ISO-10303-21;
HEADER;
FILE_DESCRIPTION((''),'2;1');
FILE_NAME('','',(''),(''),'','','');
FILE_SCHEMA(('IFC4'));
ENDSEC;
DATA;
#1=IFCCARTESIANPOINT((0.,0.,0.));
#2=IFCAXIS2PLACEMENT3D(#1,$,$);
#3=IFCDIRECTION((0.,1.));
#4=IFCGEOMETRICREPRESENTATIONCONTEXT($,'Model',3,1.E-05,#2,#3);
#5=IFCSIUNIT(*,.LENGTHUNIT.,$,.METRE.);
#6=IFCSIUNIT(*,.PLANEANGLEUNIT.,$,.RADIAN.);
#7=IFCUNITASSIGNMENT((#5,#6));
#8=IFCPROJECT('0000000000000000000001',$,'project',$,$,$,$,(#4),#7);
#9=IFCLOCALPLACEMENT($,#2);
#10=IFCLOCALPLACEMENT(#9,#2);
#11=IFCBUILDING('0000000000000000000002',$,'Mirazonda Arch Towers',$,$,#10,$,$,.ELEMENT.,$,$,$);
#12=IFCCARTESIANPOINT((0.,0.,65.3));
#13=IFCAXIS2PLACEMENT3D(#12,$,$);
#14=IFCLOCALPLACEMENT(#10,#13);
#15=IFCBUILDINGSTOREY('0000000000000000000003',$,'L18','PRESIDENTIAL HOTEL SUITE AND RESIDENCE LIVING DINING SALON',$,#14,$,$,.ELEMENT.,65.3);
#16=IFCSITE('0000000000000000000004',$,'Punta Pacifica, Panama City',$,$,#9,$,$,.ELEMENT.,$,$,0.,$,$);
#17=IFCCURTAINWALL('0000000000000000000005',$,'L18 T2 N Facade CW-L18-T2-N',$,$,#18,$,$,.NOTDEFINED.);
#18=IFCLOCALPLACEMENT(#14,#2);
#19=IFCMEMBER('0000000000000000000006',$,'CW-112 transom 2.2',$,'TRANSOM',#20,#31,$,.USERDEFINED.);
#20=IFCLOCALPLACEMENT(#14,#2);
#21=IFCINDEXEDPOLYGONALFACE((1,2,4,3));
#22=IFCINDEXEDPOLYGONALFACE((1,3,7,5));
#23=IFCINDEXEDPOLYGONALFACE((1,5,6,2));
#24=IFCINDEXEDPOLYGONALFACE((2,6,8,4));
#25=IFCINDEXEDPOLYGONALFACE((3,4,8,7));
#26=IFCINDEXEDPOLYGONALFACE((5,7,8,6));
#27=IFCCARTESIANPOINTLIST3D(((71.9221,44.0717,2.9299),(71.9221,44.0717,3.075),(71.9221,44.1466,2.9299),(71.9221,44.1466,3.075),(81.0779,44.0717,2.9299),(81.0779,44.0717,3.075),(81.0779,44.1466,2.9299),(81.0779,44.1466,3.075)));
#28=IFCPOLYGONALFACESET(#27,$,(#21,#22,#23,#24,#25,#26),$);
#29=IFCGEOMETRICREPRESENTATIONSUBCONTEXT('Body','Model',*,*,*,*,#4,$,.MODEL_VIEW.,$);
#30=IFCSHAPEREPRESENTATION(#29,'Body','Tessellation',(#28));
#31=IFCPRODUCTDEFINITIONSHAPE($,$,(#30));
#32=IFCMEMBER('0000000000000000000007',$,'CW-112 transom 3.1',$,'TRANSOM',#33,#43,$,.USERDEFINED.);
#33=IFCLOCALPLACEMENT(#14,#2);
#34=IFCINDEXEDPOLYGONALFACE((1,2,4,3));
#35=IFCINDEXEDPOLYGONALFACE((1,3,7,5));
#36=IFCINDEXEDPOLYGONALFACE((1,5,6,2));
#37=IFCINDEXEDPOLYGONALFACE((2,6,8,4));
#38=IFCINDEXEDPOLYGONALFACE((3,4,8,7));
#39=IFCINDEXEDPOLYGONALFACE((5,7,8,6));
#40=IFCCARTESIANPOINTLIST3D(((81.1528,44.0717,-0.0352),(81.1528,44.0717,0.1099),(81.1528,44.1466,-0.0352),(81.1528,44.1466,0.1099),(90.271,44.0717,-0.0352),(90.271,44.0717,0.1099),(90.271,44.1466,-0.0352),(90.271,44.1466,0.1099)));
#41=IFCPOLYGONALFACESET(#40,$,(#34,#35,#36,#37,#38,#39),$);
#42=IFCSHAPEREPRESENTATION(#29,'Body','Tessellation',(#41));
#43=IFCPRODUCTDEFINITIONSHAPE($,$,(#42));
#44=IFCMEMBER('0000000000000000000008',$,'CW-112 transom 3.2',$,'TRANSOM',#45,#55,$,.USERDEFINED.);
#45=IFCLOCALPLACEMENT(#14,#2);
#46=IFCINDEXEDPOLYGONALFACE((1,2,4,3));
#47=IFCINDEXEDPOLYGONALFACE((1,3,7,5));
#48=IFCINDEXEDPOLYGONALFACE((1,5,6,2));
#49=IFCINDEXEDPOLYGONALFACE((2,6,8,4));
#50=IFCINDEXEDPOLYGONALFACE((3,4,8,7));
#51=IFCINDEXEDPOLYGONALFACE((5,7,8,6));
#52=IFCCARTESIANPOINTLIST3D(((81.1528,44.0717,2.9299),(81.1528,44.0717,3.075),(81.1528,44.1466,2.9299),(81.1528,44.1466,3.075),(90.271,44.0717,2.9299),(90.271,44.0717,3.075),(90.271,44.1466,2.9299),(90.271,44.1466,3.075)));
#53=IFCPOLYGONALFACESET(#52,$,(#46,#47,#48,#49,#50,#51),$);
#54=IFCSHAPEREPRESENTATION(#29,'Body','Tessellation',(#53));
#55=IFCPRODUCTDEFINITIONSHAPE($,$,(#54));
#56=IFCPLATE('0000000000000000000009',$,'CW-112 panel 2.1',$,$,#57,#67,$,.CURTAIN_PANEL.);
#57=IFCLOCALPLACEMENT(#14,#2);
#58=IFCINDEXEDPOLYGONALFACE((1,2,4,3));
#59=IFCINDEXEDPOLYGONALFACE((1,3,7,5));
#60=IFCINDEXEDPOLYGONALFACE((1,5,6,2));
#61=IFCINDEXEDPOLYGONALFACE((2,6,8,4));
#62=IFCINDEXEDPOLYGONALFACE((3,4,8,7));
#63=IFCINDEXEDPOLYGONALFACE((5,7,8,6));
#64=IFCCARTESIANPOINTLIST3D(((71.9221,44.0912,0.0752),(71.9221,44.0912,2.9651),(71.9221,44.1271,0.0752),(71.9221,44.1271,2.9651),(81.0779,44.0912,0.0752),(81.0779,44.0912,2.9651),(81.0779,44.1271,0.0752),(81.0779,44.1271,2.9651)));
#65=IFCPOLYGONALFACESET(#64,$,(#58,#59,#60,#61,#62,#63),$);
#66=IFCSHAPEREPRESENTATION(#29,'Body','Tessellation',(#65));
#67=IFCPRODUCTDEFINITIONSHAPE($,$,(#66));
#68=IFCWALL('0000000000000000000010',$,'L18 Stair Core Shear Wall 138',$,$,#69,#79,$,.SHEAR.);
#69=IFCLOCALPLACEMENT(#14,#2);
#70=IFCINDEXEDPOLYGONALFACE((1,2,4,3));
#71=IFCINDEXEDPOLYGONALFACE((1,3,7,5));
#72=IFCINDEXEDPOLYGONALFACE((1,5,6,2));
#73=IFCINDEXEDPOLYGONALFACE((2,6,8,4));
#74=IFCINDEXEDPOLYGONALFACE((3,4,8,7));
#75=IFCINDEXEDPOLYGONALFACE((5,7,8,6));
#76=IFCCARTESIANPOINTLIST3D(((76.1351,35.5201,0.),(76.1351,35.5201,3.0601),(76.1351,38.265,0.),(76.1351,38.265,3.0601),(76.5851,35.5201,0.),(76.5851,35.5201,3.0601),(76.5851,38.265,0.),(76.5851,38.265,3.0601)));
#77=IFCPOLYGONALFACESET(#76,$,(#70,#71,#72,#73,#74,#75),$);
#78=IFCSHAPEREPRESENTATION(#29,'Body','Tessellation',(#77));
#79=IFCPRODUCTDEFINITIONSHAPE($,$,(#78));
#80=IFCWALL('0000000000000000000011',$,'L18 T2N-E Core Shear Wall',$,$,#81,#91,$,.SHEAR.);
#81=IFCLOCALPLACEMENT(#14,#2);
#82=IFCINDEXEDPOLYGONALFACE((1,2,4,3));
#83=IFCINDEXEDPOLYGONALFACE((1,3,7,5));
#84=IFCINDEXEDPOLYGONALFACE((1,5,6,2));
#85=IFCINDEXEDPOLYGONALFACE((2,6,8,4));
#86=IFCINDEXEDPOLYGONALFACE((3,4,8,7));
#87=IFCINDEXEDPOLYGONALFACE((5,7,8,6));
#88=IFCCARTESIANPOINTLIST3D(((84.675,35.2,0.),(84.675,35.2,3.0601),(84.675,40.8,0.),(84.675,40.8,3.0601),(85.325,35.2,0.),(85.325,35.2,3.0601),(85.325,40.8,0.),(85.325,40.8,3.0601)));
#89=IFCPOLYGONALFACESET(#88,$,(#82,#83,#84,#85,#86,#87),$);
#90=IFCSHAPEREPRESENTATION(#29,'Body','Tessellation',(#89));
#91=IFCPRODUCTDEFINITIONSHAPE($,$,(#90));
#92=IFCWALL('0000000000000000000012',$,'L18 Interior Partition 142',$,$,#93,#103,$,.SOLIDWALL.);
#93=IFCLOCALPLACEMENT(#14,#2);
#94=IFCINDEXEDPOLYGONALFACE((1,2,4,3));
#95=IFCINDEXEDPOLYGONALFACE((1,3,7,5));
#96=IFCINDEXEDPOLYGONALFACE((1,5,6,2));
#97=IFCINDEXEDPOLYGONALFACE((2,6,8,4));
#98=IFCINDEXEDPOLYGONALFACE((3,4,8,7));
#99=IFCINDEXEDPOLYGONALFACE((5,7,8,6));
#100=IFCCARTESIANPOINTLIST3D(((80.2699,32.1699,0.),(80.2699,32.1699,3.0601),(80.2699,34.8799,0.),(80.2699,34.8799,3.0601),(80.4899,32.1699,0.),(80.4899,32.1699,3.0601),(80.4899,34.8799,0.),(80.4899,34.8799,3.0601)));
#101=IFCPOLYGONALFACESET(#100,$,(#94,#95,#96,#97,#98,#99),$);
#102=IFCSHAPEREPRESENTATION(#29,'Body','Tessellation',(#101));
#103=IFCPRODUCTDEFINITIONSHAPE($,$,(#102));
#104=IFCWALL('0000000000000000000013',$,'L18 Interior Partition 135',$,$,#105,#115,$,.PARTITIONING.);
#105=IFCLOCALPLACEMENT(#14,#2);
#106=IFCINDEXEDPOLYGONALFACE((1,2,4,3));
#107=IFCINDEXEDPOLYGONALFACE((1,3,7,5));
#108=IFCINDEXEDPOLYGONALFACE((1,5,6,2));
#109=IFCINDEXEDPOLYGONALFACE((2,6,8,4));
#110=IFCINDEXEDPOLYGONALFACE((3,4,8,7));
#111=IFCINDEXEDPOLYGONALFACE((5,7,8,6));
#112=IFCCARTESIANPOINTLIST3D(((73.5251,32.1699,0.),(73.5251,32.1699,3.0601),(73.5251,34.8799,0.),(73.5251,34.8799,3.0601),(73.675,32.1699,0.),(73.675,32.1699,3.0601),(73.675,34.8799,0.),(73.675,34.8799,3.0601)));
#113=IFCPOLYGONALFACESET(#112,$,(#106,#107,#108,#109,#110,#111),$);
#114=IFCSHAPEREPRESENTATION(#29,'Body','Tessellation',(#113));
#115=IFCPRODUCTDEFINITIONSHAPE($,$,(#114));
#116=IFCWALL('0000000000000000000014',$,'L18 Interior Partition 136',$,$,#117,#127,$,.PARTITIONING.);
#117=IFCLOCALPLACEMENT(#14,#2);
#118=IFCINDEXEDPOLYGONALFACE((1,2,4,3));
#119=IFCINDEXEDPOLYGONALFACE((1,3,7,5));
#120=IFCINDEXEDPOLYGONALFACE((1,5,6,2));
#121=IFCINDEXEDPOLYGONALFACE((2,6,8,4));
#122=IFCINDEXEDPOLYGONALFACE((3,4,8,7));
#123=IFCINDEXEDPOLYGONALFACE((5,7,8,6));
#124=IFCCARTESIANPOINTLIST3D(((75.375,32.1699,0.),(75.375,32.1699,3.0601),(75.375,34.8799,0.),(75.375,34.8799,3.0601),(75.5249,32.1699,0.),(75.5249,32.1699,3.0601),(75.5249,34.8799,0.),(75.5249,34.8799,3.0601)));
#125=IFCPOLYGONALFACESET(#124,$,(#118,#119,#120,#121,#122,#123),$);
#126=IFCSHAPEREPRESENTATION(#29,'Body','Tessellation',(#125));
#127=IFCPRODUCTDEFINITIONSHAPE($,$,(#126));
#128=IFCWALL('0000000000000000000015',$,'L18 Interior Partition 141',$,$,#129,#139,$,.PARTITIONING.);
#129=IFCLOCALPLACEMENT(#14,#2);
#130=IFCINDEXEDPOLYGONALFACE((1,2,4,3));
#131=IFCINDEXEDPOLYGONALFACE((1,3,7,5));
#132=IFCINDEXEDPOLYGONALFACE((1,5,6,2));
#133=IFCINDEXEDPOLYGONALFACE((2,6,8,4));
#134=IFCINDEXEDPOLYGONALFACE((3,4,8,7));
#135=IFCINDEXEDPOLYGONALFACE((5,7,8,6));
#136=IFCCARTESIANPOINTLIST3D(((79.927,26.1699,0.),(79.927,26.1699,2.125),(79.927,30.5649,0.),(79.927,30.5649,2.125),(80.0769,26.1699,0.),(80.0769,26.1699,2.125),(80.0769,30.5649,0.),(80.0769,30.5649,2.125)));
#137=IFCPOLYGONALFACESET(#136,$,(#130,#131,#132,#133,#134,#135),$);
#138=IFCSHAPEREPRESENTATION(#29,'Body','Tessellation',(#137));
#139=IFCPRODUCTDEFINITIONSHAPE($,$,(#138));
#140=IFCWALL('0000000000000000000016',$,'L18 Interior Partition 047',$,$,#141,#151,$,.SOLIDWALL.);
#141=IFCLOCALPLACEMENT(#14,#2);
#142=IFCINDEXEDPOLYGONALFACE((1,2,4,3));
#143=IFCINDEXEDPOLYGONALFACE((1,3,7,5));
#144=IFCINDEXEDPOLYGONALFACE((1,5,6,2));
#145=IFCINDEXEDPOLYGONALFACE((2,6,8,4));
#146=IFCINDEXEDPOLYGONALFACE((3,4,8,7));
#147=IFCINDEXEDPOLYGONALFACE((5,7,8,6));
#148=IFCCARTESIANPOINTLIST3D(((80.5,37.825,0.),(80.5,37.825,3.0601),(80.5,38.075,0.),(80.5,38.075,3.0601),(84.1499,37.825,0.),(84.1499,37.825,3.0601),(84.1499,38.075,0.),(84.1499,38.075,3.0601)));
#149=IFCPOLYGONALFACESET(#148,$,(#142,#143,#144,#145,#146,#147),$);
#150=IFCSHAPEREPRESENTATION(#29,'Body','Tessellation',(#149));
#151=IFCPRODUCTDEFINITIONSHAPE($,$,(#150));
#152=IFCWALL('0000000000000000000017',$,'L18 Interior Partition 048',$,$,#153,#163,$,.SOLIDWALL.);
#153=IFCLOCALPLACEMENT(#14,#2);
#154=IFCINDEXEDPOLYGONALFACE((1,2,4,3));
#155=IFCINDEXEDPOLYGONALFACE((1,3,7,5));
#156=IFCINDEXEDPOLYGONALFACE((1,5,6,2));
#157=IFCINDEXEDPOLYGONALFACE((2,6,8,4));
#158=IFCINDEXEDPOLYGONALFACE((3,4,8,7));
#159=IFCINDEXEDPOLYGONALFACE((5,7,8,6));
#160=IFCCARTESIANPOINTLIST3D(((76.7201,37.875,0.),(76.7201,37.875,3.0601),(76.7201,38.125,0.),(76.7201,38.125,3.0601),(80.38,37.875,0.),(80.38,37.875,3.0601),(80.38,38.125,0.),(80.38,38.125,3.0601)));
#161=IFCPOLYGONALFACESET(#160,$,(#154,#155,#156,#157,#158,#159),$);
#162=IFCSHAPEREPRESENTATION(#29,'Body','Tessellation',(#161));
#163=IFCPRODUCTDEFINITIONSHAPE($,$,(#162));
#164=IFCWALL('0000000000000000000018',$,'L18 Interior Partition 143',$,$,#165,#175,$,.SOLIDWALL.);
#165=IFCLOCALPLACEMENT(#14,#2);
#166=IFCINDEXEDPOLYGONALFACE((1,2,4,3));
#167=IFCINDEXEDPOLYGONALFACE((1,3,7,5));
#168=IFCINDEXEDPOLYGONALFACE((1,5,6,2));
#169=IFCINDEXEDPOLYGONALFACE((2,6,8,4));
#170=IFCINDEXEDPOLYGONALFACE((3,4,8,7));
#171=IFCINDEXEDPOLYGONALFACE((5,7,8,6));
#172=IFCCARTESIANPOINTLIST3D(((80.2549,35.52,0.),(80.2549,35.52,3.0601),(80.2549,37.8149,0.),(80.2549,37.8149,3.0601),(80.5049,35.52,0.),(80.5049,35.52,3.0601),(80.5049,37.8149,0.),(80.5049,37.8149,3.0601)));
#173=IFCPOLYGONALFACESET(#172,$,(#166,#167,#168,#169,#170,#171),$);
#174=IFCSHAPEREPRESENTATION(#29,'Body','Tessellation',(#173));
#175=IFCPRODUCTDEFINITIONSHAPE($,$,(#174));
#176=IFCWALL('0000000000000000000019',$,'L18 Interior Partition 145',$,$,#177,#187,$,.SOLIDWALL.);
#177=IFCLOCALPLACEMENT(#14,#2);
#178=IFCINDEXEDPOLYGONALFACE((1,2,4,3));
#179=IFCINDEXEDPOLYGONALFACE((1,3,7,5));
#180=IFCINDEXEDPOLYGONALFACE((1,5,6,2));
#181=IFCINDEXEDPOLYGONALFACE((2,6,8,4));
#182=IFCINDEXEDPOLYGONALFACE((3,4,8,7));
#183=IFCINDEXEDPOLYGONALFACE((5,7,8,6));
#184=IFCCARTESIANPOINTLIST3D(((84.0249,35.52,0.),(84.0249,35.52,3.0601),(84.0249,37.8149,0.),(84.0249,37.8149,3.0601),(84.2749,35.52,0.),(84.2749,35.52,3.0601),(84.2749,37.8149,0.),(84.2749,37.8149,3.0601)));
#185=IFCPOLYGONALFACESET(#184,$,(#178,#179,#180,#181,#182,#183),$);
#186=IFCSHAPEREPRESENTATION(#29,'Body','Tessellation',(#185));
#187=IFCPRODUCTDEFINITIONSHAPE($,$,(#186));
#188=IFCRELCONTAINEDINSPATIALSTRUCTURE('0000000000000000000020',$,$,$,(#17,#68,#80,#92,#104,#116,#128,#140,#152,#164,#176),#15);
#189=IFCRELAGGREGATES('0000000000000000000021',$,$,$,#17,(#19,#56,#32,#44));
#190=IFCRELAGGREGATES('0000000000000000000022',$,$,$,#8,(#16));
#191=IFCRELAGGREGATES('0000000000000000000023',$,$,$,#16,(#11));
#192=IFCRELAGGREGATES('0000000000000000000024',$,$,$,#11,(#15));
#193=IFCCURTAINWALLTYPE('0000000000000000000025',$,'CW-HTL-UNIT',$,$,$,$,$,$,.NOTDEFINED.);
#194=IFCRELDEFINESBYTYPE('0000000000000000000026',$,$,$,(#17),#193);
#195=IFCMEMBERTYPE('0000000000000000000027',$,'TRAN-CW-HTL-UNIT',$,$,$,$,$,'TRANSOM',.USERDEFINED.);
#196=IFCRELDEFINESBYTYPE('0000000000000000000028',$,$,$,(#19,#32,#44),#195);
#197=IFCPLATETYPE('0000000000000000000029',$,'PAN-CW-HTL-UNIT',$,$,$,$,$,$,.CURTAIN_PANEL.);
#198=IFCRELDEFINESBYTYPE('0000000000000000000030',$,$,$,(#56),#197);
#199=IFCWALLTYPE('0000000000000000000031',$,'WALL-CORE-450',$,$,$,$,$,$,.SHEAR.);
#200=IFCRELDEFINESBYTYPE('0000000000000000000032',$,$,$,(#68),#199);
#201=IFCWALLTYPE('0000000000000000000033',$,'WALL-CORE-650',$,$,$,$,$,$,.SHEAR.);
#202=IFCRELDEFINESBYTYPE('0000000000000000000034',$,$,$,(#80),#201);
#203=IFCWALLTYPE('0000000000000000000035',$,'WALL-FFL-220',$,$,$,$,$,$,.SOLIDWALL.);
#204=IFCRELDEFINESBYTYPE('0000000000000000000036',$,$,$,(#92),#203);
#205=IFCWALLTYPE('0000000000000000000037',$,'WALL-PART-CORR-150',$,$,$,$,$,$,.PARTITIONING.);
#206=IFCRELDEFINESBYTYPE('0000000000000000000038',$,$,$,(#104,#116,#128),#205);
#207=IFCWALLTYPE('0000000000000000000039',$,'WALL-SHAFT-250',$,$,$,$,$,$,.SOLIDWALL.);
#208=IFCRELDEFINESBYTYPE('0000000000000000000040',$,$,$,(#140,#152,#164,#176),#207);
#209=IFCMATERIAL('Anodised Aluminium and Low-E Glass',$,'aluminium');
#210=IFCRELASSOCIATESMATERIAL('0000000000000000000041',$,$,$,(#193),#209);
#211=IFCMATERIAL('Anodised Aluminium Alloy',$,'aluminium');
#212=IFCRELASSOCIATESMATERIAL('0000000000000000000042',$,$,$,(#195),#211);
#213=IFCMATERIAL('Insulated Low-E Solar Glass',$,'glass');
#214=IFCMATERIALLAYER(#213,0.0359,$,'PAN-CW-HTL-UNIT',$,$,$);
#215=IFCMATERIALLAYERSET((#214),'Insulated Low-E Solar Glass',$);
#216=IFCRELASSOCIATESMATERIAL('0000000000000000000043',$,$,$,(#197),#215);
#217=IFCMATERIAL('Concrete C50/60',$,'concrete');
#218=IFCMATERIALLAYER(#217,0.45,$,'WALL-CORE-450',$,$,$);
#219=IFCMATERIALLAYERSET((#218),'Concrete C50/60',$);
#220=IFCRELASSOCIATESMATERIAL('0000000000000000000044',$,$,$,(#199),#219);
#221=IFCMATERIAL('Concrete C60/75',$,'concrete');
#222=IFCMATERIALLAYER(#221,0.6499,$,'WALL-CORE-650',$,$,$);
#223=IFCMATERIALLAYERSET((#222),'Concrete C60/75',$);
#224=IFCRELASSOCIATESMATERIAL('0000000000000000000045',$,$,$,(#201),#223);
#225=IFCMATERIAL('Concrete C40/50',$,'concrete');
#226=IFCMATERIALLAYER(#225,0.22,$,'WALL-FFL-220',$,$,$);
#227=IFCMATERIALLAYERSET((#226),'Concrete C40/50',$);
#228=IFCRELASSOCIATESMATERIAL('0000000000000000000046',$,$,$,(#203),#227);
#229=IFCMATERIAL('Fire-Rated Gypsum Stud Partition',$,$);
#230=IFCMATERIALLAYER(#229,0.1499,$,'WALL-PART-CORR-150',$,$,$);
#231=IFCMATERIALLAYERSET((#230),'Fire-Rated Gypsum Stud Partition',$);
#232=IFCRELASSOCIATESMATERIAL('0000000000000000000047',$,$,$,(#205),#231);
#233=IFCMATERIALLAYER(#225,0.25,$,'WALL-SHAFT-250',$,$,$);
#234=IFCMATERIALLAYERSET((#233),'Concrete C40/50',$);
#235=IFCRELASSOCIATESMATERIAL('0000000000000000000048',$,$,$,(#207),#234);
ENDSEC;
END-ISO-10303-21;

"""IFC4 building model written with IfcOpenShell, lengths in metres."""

from ifc_helpers import new_model, si_unit, direction, frame, frame_2d, origin, origin_2d, place, context, subcontext, project, spatial, rectangle, extrude, material, layer, layer_set, material_profile, profile_set, type_object, element, aggregate, save


model = new_model("IFC4")

# Units and contexts
model_context = context("Model", 3, precision=1e-05, world=origin(), true_north=direction((0.0, 1.0)))
body_context = subcontext(model_context, "Body", "Model", "MODEL_VIEW")
ifc_project = project(units=[si_unit("LENGTHUNIT", "METRE"), si_unit("PLANEANGLEUNIT", "RADIAN")], contexts=[model_context])

# Site, building, storey
site_placement = place(None, origin())
site = spatial("IfcSite", under=ifc_project, at=site_placement, Name="Punta Pacifica, Panama City", CompositionType="ELEMENT", RefElevation=0.0)
building_placement = place(site_placement, origin())
building = spatial("IfcBuilding", under=site, at=building_placement, Name="Mirazonda Arch Towers", CompositionType="ELEMENT")
storey_placement = place(building_placement, frame((0.0, 0.0, 65.3)))
storey = spatial("IfcBuildingStorey", under=building, at=storey_placement, Name="L18", Description="PRESIDENTIAL HOTEL SUITE AND RESIDENCE LIVING DINING SALON", CompositionType="ELEMENT", Elevation=65.3)

# Shared definitions
ifc_material_1 = material(Name="Concrete C60/75", Category="concrete")

# Curtain wall, members, plate
ifc_material_2 = material(Name="Anodised Aluminium and Low-E Glass", Category="aluminium")
curtain_wall_type = type_object("IfcCurtainWallType", Name="CW-HTL-UNIT", PredefinedType="NOTDEFINED", material=ifc_material_2)
curtain_wall_placement = place(storey_placement, origin())
curtain_wall = element("IfcCurtainWall", 1, at=curtain_wall_placement, inside=storey, type_object=curtain_wall_type, Name="L18 T2 N Facade CW-L18-T2-N", PredefinedType="NOTDEFINED")
ifc_material_3 = material(Name="Anodised Aluminium Alloy", Category="aluminium")
ifc_material_profile_1 = material_profile(ifc_material_3, rectangle(XDim=0.075, YDim=0.145, at=origin_2d()), Name="ALU-TRAN-75x145")
ifc_profile_set_1 = profile_set([ifc_material_profile_1], Name="Anodised Aluminium Alloy")
member_type_1 = type_object("IfcMemberType", Name="TRAN-CW-HTL-UNIT", ElementType="TRANSOM", PredefinedType="USERDEFINED", material=ifc_profile_set_1)
member_1_placement = place(storey_placement, frame((71.9221, 44.1091, 3.0024), z_axis=(1.0, 0.0, 0.0), x_axis=(0.0, 1.0, 0.0)))
member_1 = element("IfcMember", 2, at=member_1_placement, type_object=member_type_1, Name="CW-112 transom 2.2", ObjectType="TRANSOM", PredefinedType="USERDEFINED", context=body_context, shape_type="SweptSolid", body=[
    extrude(rectangle(XDim=0.075, YDim=0.145, at=origin_2d()), origin(), (0.0, 0.0, 1.0), 9.1558),
])
member_2_placement = place(storey_placement, frame((81.1528, 44.1091, 0.0374), z_axis=(1.0, 0.0, 0.0), x_axis=(0.0, 1.0, 0.0)))
member_2 = element("IfcMember", 3, at=member_2_placement, type_object=member_type_1, Name="CW-112 transom 3.1", ObjectType="TRANSOM", PredefinedType="USERDEFINED", context=body_context, shape_type="SweptSolid", body=[
    extrude(rectangle(XDim=0.075, YDim=0.145, at=origin_2d()), origin(), (0.0, 0.0, 1.0), 9.1182),
])
member_3_placement = place(storey_placement, frame((81.1528, 44.1091, 3.0024), z_axis=(1.0, 0.0, 0.0), x_axis=(0.0, 1.0, 0.0)))
member_3 = element("IfcMember", 4, at=member_3_placement, type_object=member_type_1, Name="CW-112 transom 3.2", ObjectType="TRANSOM", PredefinedType="USERDEFINED", context=body_context, shape_type="SweptSolid", body=[
    extrude(rectangle(XDim=0.075, YDim=0.145, at=origin_2d()), origin(), (0.0, 0.0, 1.0), 9.1182),
])
ifc_material_4 = material(Name="Insulated Low-E Solar Glass", Category="glass")
ifc_layer_1 = layer(ifc_material_4, 0.0359, Name="PAN-CW-HTL-UNIT")
ifc_layer_set_1 = layer_set([ifc_layer_1], Name="Insulated Low-E Solar Glass")
plate_type = type_object("IfcPlateType", Name="PAN-CW-HTL-UNIT", PredefinedType="CURTAIN_PANEL", material=ifc_layer_set_1)
plate_placement = place(storey_placement, frame((76.5, 44.1091, 0.0752), z_axis=(0.0, 0.0, 1.0), x_axis=(1.0, 0.0, 0.0)))
plate = element("IfcPlate", 5, at=plate_placement, type_object=plate_type, Name="CW-112 panel 2.1", PredefinedType="CURTAIN_PANEL", context=body_context, shape_type="SweptSolid", body=[
    extrude(rectangle(XDim=9.1558, YDim=0.0359, at=origin_2d()), origin(), (0.0, 0.0, 1.0), 2.8899),
])
aggregate(curtain_wall, [member_1, plate, member_2, member_3])

# Walls
ifc_material_5 = material(Name="Concrete C50/60", Category="concrete")
ifc_layer_2 = layer(ifc_material_5, 0.45, Name="WALL-CORE-450")
ifc_layer_set_2 = layer_set([ifc_layer_2], Name="Concrete C50/60")
wall_type_1 = type_object("IfcWallType", Name="WALL-CORE-450", PredefinedType="SHEAR", material=ifc_layer_set_2)
wall_1_placement = place(storey_placement, frame((76.3601, 35.52, 0.0), z_axis=(0.0, 0.0, 1.0), x_axis=(0.0, 1.0, 0.0)))
element("IfcWall", 6, at=wall_1_placement, inside=storey, type_object=wall_type_1, Name="L18 Stair Core Shear Wall 138", PredefinedType="SHEAR", context=body_context, shape_type="SweptSolid", body=[
    extrude(rectangle(XDim=2.7449, YDim=0.45, at=frame_2d((1.3726, 0.0))), origin(), (0.0, 0.0, 1.0), 3.0601),
])
ifc_layer_3 = layer(ifc_material_1, 0.6499, Name="WALL-CORE-650")
ifc_layer_set_3 = layer_set([ifc_layer_3], Name="Concrete C60/75")
wall_type_2 = type_object("IfcWallType", Name="WALL-CORE-650", PredefinedType="SHEAR", material=ifc_layer_set_3)
wall_2_placement = place(storey_placement, frame((85.0, 35.2, 0.0), z_axis=(0.0, 0.0, 1.0), x_axis=(0.0, 1.0, 0.0)))
element("IfcWall", 7, at=wall_2_placement, inside=storey, type_object=wall_type_2, Name="L18 T2N-E Core Shear Wall", PredefinedType="SHEAR", context=body_context, shape_type="SweptSolid", body=[
    extrude(rectangle(XDim=5.6001, YDim=0.6499, at=frame_2d((2.8, 0.0))), origin(), (0.0, 0.0, 1.0), 3.0601),
])
ifc_material_6 = material(Name="Concrete C40/50", Category="concrete")
ifc_layer_4 = layer(ifc_material_6, 0.22, Name="WALL-FFL-220")
ifc_layer_set_4 = layer_set([ifc_layer_4], Name="Concrete C40/50")
wall_type_3 = type_object("IfcWallType", Name="WALL-FFL-220", PredefinedType="SOLIDWALL", material=ifc_layer_set_4)
wall_3_placement = place(storey_placement, frame((80.3799, 32.1699, 0.0), z_axis=(0.0, 0.0, 1.0), x_axis=(0.0, 1.0, 0.0)))
element("IfcWall", 8, at=wall_3_placement, inside=storey, type_object=wall_type_3, Name="L18 Interior Partition 142", PredefinedType="SOLIDWALL", context=body_context, shape_type="SweptSolid", body=[
    extrude(rectangle(XDim=2.71, YDim=0.22, at=frame_2d((1.355, 0.0))), origin(), (0.0, 0.0, 1.0), 3.0601),
])
ifc_material_7 = material(Name="Fire-Rated Gypsum Stud Partition")
ifc_layer_5 = layer(ifc_material_7, 0.1499, Name="WALL-PART-CORR-150")
ifc_layer_set_5 = layer_set([ifc_layer_5], Name="Fire-Rated Gypsum Stud Partition")
wall_type_4 = type_object("IfcWallType", Name="WALL-PART-CORR-150", PredefinedType="PARTITIONING", material=ifc_layer_set_5)
for number, where, z_axis, x_axis, name in (
    (9, (73.6001, 32.1699, 0.0), (0.0, 0.0, 1.0), (0.0, 1.0, 0.0), "L18 Interior Partition 135"),
    (10, (75.45, 32.1699, 0.0), (0.0, 0.0, 1.0), (0.0, 1.0, 0.0), "L18 Interior Partition 136"),
):
    element("IfcWall", number, at=place(storey_placement, frame(where, z_axis=z_axis, x_axis=x_axis)), inside=storey, type_object=wall_type_4, Name=name, PredefinedType="PARTITIONING", context=body_context, shape_type="SweptSolid", body=[
        extrude(rectangle(XDim=2.71, YDim=0.1499, at=frame_2d((1.355, 0.0))), origin(), (0.0, 0.0, 1.0), 3.0601),
    ])
wall_4_placement = place(storey_placement, frame((80.002, 26.1699, 0.0), z_axis=(0.0, 0.0, 1.0), x_axis=(0.0, 1.0, 0.0)))
element("IfcWall", 11, at=wall_4_placement, inside=storey, type_object=wall_type_4, Name="L18 Interior Partition 141", PredefinedType="PARTITIONING", context=body_context, shape_type="SweptSolid", body=[
    extrude(rectangle(XDim=4.395, YDim=0.1499, at=frame_2d((2.1975, 0.0))), origin(), (0.0, 0.0, 1.0), 2.125),
])
ifc_layer_6 = layer(ifc_material_6, 0.25, Name="WALL-SHAFT-250")
ifc_layer_set_6 = layer_set([ifc_layer_6], Name="Concrete C40/50")
wall_type_5 = type_object("IfcWallType", Name="WALL-SHAFT-250", PredefinedType="SOLIDWALL", material=ifc_layer_set_6)
wall_5_placement = place(storey_placement, frame((80.5, 37.95, 0.0), z_axis=(0.0, 0.0, 1.0), x_axis=(1.0, 0.0, 0.0)))
element("IfcWall", 12, at=wall_5_placement, inside=storey, type_object=wall_type_5, Name="L18 Interior Partition 047", PredefinedType="SOLIDWALL", context=body_context, shape_type="SweptSolid", body=[
    extrude(rectangle(XDim=3.6499, YDim=0.25, at=frame_2d((1.825, 0.0))), origin(), (0.0, 0.0, 1.0), 3.0601),
])
wall_6_placement = place(storey_placement, frame((76.72, 38.0, 0.0), z_axis=(0.0, 0.0, 1.0), x_axis=(1.0, 0.0, 0.0)))
element("IfcWall", 13, at=wall_6_placement, inside=storey, type_object=wall_type_5, Name="L18 Interior Partition 048", PredefinedType="SOLIDWALL", context=body_context, shape_type="SweptSolid", body=[
    extrude(rectangle(XDim=3.6599, YDim=0.25, at=frame_2d((1.8301, 0.0))), origin(), (0.0, 0.0, 1.0), 3.0601),
])
for number, where, z_axis, x_axis, name in (
    (14, (80.3799, 35.52, 0.0), (0.0, 0.0, 1.0), (0.0, 1.0, 0.0), "L18 Interior Partition 143"),
    (15, (84.1499, 35.52, 0.0), (0.0, 0.0, 1.0), (0.0, 1.0, 0.0), "L18 Interior Partition 145"),
):
    element("IfcWall", number, at=place(storey_placement, frame(where, z_axis=z_axis, x_axis=x_axis)), inside=storey, type_object=wall_type_5, Name=name, PredefinedType="SOLIDWALL", context=body_context, shape_type="SweptSolid", body=[
        extrude(rectangle(XDim=2.2949, YDim=0.25, at=frame_2d((1.1475, 0.0))), origin(), (0.0, 0.0, 1.0), 3.0601),
    ])

save(model, "model.ifc")
